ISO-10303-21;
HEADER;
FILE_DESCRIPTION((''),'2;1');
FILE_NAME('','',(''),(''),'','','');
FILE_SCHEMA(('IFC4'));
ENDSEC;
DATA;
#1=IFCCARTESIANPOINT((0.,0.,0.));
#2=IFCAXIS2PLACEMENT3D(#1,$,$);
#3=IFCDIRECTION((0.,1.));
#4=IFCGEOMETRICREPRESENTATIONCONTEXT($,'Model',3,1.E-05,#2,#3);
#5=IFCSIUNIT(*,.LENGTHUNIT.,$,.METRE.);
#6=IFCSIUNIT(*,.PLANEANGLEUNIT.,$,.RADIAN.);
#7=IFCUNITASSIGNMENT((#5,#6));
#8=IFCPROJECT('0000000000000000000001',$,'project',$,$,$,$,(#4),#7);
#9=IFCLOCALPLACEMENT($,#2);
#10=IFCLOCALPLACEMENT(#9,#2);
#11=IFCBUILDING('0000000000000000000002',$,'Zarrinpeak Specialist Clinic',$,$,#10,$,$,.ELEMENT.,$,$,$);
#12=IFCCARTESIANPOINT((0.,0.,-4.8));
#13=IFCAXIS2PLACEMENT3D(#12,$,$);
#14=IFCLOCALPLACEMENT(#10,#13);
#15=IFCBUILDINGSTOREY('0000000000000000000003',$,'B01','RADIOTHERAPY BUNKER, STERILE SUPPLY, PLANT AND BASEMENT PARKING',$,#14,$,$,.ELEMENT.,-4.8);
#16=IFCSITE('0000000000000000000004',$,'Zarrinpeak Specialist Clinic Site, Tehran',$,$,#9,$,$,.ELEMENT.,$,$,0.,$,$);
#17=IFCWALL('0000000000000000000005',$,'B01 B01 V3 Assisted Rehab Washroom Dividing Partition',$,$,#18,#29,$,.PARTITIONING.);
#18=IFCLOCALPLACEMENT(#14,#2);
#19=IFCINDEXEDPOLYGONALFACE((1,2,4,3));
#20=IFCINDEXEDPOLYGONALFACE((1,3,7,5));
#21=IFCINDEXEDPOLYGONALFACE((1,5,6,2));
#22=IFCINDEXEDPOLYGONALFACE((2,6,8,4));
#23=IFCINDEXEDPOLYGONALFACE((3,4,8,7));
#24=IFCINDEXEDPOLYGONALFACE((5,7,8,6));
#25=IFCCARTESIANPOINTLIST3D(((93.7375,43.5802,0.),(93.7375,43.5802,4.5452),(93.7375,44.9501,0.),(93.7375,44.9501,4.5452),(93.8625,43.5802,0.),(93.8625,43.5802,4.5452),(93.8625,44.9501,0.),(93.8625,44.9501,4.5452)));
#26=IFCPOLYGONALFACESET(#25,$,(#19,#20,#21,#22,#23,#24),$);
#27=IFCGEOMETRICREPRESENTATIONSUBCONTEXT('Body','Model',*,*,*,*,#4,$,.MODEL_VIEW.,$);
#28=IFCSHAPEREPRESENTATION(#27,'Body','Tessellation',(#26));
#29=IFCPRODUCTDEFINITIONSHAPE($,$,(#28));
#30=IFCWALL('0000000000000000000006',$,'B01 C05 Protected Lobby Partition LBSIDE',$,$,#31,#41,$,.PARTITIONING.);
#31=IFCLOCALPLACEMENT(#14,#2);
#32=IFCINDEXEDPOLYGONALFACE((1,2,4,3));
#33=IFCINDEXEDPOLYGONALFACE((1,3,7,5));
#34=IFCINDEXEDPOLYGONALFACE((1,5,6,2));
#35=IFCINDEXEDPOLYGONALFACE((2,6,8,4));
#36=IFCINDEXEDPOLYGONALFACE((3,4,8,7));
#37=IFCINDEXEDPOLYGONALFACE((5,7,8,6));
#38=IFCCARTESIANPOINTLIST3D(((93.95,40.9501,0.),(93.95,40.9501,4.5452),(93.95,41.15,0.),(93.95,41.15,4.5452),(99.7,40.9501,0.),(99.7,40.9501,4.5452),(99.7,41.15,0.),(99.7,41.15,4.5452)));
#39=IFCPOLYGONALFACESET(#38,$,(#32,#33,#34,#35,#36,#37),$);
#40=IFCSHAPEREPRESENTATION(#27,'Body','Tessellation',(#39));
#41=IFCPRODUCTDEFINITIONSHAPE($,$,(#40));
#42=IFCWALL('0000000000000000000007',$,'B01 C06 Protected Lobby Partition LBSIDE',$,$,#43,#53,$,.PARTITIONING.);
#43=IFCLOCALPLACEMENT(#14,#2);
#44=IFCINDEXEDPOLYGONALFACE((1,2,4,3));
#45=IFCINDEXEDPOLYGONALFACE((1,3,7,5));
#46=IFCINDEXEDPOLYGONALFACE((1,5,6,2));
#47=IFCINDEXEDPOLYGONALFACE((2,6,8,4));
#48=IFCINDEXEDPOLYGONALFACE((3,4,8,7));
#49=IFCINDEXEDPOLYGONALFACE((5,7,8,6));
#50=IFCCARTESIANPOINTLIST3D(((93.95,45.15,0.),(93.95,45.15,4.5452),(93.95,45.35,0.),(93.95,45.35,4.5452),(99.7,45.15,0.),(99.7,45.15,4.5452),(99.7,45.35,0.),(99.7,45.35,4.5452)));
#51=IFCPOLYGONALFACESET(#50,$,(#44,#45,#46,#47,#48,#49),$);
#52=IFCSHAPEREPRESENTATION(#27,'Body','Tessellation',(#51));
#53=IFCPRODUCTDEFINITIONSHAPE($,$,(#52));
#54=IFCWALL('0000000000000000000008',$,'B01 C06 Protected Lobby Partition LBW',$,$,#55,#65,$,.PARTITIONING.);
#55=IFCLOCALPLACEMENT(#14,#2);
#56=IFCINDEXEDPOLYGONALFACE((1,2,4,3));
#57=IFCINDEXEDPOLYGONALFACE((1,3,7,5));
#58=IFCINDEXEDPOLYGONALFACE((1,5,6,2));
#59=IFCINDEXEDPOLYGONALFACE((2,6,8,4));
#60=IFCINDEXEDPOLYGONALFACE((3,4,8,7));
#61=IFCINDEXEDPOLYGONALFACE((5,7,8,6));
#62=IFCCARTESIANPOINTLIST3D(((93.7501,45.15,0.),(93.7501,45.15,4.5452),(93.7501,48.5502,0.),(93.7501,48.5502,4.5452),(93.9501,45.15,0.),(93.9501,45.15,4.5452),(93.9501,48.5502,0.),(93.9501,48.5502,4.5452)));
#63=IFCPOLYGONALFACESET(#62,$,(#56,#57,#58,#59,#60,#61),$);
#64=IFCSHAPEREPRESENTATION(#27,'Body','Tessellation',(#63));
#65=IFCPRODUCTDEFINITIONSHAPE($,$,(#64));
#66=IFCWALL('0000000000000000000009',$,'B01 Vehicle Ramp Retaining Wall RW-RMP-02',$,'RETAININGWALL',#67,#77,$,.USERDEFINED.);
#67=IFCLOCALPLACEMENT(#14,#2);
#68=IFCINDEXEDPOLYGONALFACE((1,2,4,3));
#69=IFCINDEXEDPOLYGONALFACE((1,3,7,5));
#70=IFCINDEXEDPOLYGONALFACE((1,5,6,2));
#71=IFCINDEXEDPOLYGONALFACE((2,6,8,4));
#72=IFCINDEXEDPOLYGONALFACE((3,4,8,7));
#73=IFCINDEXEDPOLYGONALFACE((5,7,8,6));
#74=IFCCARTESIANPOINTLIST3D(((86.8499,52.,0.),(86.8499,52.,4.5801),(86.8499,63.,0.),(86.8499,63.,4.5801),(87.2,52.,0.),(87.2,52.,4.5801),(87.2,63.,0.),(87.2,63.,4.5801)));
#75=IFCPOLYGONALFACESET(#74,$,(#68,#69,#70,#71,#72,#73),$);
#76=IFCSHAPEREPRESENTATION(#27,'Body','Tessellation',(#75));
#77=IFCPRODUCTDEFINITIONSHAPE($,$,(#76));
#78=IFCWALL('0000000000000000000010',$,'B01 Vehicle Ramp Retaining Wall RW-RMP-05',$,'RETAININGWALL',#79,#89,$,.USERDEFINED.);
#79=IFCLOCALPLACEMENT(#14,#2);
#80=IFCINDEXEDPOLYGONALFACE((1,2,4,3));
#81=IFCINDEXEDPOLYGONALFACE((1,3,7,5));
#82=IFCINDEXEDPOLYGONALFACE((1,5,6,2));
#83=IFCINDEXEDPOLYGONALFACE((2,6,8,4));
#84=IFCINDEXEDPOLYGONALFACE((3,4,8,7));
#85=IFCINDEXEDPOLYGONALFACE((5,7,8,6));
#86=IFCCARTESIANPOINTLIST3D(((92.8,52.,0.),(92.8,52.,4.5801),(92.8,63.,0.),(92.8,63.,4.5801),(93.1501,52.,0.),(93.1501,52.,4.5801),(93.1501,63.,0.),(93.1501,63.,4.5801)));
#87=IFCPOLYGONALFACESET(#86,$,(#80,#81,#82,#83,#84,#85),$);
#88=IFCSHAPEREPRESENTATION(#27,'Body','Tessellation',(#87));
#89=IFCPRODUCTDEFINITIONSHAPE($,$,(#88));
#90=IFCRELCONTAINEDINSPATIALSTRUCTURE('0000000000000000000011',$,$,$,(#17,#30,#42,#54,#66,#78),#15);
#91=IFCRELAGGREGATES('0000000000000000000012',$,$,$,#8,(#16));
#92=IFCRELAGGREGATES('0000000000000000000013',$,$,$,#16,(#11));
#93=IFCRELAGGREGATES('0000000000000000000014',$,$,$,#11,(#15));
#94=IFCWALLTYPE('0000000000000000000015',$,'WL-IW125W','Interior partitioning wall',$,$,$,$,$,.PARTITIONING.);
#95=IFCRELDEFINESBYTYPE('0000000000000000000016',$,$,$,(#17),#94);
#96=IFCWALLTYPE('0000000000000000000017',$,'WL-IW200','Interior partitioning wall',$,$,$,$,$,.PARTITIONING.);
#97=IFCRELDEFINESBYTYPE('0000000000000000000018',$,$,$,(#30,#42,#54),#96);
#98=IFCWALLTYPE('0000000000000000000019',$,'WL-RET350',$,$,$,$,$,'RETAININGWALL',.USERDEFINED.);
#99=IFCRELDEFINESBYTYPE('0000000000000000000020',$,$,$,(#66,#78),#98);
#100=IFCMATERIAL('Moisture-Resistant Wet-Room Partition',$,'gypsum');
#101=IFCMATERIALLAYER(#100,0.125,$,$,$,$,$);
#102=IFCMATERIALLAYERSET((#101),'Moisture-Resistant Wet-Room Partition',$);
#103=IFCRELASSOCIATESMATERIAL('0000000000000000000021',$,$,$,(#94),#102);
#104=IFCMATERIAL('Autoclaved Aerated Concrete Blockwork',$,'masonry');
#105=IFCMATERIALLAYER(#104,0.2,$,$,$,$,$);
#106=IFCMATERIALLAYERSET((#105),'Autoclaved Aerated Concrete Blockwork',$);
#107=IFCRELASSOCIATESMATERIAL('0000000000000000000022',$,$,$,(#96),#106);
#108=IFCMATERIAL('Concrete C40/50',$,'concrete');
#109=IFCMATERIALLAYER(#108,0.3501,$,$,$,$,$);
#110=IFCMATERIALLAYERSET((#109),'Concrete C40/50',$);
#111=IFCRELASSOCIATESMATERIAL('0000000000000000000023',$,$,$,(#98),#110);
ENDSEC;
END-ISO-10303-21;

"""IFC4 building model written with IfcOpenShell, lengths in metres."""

from ifc_helpers import new_model, si_unit, direction, frame, frame_2d, origin, place, context, subcontext, project, spatial, rectangle, extrude, material, layer, layer_set, type_object, element, save


model = new_model("IFC4")

# Units and contexts
model_context = context("Model", 3, precision=1e-05, world=origin(), true_north=direction((0.0, 1.0)))
body_context = subcontext(model_context, "Body", "Model", "MODEL_VIEW")
ifc_project = project(units=[si_unit("LENGTHUNIT", "METRE"), si_unit("PLANEANGLEUNIT", "RADIAN")], contexts=[model_context])

# Site, building, storey
site_placement = place(None, origin())
site = spatial("IfcSite", under=ifc_project, at=site_placement, Name="Zarrinpeak Specialist Clinic Site, Tehran", CompositionType="ELEMENT", RefElevation=0.0)
building_placement = place(site_placement, origin())
building = spatial("IfcBuilding", under=site, at=building_placement, Name="Zarrinpeak Specialist Clinic", CompositionType="ELEMENT")
storey_placement = place(building_placement, frame((0.0, 0.0, -4.8)))
storey = spatial("IfcBuildingStorey", under=building, at=storey_placement, Name="B01", Description="RADIOTHERAPY BUNKER, STERILE SUPPLY, PLANT AND BASEMENT PARKING", CompositionType="ELEMENT", Elevation=-4.8)

# Shared definitions
ifc_material_1 = material(Name="Concrete C40/50", Category="concrete")

# Walls
ifc_material_2 = material(Name="Moisture-Resistant Wet-Room Partition", Category="gypsum")
ifc_layer_1 = layer(ifc_material_2, 0.125)
ifc_layer_set_1 = layer_set([ifc_layer_1], Name="Moisture-Resistant Wet-Room Partition")
wall_type_1 = type_object("IfcWallType", Name="WL-IW125W", Description="Interior partitioning wall", PredefinedType="PARTITIONING", material=ifc_layer_set_1)
wall_1_placement = place(storey_placement, frame((93.8, 43.5801, 0.0), z_axis=(0.0, 0.0, 1.0), x_axis=(0.0, 1.0, 0.0)))
element("IfcWall", 1, at=wall_1_placement, inside=storey, type_object=wall_type_1, Name="B01 B01 V3 Assisted Rehab Washroom Dividing Partition", PredefinedType="PARTITIONING", context=body_context, shape_type="SweptSolid", body=[
    extrude(rectangle(XDim=1.3699, YDim=0.125, at=frame_2d((0.6851, 0.0))), origin(), (0.0, 0.0, 1.0), 4.5452),
])
ifc_material_3 = material(Name="Autoclaved Aerated Concrete Blockwork", Category="masonry")
ifc_layer_2 = layer(ifc_material_3, 0.2)
ifc_layer_set_2 = layer_set([ifc_layer_2], Name="Autoclaved Aerated Concrete Blockwork")
wall_type_2 = type_object("IfcWallType", Name="WL-IW200", Description="Interior partitioning wall", PredefinedType="PARTITIONING", material=ifc_layer_set_2)
for number, where, z_axis, x_axis, name in (
    (2, (93.95, 41.05, 0.0), (0.0, 0.0, 1.0), (1.0, 0.0, 0.0), "B01 C05 Protected Lobby Partition LBSIDE"),
    (3, (93.95, 45.25, 0.0), (0.0, 0.0, 1.0), (1.0, 0.0, 0.0), "B01 C06 Protected Lobby Partition LBSIDE"),
):
    element("IfcWall", number, at=place(storey_placement, frame(where, z_axis=z_axis, x_axis=x_axis)), inside=storey, type_object=wall_type_2, Name=name, PredefinedType="PARTITIONING", context=body_context, shape_type="SweptSolid", body=[
        extrude(rectangle(XDim=5.75, YDim=0.2, at=frame_2d((2.875, 0.0))), origin(), (0.0, 0.0, 1.0), 4.5452),
    ])
wall_2_placement = place(storey_placement, frame((93.8501, 45.1499, 0.0), z_axis=(0.0, 0.0, 1.0), x_axis=(0.0, 1.0, 0.0)))
element("IfcWall", 4, at=wall_2_placement, inside=storey, type_object=wall_type_2, Name="B01 C06 Protected Lobby Partition LBW", PredefinedType="PARTITIONING", context=body_context, shape_type="SweptSolid", body=[
    extrude(rectangle(XDim=3.4001, YDim=0.2, at=frame_2d((1.7002, 0.0))), origin(), (0.0, 0.0, 1.0), 4.5452),
])
ifc_layer_3 = layer(ifc_material_1, 0.3501)
ifc_layer_set_3 = layer_set([ifc_layer_3], Name="Concrete C40/50")
wall_type_3 = type_object("IfcWallType", Name="WL-RET350", ElementType="RETAININGWALL", PredefinedType="USERDEFINED", material=ifc_layer_set_3)
for number, where, z_axis, x_axis, name in (
    (5, (87.0249, 52.0, 0.0), (0.0, 0.0, 1.0), (0.0, 1.0, 0.0), "B01 Vehicle Ramp Retaining Wall RW-RMP-02"),
    (6, (92.9751, 52.0, 0.0), (0.0, 0.0, 1.0), (0.0, 1.0, 0.0), "B01 Vehicle Ramp Retaining Wall RW-RMP-05"),
):
    element("IfcWall", number, at=place(storey_placement, frame(where, z_axis=z_axis, x_axis=x_axis)), inside=storey, type_object=wall_type_3, Name=name, ObjectType="RETAININGWALL", PredefinedType="USERDEFINED", context=body_context, shape_type="SweptSolid", body=[
        extrude(rectangle(XDim=11.0, YDim=0.3501, at=frame_2d((5.5, 0.0))), origin(), (0.0, 0.0, 1.0), 4.5801),
    ])

save(model, "model.ifc")
